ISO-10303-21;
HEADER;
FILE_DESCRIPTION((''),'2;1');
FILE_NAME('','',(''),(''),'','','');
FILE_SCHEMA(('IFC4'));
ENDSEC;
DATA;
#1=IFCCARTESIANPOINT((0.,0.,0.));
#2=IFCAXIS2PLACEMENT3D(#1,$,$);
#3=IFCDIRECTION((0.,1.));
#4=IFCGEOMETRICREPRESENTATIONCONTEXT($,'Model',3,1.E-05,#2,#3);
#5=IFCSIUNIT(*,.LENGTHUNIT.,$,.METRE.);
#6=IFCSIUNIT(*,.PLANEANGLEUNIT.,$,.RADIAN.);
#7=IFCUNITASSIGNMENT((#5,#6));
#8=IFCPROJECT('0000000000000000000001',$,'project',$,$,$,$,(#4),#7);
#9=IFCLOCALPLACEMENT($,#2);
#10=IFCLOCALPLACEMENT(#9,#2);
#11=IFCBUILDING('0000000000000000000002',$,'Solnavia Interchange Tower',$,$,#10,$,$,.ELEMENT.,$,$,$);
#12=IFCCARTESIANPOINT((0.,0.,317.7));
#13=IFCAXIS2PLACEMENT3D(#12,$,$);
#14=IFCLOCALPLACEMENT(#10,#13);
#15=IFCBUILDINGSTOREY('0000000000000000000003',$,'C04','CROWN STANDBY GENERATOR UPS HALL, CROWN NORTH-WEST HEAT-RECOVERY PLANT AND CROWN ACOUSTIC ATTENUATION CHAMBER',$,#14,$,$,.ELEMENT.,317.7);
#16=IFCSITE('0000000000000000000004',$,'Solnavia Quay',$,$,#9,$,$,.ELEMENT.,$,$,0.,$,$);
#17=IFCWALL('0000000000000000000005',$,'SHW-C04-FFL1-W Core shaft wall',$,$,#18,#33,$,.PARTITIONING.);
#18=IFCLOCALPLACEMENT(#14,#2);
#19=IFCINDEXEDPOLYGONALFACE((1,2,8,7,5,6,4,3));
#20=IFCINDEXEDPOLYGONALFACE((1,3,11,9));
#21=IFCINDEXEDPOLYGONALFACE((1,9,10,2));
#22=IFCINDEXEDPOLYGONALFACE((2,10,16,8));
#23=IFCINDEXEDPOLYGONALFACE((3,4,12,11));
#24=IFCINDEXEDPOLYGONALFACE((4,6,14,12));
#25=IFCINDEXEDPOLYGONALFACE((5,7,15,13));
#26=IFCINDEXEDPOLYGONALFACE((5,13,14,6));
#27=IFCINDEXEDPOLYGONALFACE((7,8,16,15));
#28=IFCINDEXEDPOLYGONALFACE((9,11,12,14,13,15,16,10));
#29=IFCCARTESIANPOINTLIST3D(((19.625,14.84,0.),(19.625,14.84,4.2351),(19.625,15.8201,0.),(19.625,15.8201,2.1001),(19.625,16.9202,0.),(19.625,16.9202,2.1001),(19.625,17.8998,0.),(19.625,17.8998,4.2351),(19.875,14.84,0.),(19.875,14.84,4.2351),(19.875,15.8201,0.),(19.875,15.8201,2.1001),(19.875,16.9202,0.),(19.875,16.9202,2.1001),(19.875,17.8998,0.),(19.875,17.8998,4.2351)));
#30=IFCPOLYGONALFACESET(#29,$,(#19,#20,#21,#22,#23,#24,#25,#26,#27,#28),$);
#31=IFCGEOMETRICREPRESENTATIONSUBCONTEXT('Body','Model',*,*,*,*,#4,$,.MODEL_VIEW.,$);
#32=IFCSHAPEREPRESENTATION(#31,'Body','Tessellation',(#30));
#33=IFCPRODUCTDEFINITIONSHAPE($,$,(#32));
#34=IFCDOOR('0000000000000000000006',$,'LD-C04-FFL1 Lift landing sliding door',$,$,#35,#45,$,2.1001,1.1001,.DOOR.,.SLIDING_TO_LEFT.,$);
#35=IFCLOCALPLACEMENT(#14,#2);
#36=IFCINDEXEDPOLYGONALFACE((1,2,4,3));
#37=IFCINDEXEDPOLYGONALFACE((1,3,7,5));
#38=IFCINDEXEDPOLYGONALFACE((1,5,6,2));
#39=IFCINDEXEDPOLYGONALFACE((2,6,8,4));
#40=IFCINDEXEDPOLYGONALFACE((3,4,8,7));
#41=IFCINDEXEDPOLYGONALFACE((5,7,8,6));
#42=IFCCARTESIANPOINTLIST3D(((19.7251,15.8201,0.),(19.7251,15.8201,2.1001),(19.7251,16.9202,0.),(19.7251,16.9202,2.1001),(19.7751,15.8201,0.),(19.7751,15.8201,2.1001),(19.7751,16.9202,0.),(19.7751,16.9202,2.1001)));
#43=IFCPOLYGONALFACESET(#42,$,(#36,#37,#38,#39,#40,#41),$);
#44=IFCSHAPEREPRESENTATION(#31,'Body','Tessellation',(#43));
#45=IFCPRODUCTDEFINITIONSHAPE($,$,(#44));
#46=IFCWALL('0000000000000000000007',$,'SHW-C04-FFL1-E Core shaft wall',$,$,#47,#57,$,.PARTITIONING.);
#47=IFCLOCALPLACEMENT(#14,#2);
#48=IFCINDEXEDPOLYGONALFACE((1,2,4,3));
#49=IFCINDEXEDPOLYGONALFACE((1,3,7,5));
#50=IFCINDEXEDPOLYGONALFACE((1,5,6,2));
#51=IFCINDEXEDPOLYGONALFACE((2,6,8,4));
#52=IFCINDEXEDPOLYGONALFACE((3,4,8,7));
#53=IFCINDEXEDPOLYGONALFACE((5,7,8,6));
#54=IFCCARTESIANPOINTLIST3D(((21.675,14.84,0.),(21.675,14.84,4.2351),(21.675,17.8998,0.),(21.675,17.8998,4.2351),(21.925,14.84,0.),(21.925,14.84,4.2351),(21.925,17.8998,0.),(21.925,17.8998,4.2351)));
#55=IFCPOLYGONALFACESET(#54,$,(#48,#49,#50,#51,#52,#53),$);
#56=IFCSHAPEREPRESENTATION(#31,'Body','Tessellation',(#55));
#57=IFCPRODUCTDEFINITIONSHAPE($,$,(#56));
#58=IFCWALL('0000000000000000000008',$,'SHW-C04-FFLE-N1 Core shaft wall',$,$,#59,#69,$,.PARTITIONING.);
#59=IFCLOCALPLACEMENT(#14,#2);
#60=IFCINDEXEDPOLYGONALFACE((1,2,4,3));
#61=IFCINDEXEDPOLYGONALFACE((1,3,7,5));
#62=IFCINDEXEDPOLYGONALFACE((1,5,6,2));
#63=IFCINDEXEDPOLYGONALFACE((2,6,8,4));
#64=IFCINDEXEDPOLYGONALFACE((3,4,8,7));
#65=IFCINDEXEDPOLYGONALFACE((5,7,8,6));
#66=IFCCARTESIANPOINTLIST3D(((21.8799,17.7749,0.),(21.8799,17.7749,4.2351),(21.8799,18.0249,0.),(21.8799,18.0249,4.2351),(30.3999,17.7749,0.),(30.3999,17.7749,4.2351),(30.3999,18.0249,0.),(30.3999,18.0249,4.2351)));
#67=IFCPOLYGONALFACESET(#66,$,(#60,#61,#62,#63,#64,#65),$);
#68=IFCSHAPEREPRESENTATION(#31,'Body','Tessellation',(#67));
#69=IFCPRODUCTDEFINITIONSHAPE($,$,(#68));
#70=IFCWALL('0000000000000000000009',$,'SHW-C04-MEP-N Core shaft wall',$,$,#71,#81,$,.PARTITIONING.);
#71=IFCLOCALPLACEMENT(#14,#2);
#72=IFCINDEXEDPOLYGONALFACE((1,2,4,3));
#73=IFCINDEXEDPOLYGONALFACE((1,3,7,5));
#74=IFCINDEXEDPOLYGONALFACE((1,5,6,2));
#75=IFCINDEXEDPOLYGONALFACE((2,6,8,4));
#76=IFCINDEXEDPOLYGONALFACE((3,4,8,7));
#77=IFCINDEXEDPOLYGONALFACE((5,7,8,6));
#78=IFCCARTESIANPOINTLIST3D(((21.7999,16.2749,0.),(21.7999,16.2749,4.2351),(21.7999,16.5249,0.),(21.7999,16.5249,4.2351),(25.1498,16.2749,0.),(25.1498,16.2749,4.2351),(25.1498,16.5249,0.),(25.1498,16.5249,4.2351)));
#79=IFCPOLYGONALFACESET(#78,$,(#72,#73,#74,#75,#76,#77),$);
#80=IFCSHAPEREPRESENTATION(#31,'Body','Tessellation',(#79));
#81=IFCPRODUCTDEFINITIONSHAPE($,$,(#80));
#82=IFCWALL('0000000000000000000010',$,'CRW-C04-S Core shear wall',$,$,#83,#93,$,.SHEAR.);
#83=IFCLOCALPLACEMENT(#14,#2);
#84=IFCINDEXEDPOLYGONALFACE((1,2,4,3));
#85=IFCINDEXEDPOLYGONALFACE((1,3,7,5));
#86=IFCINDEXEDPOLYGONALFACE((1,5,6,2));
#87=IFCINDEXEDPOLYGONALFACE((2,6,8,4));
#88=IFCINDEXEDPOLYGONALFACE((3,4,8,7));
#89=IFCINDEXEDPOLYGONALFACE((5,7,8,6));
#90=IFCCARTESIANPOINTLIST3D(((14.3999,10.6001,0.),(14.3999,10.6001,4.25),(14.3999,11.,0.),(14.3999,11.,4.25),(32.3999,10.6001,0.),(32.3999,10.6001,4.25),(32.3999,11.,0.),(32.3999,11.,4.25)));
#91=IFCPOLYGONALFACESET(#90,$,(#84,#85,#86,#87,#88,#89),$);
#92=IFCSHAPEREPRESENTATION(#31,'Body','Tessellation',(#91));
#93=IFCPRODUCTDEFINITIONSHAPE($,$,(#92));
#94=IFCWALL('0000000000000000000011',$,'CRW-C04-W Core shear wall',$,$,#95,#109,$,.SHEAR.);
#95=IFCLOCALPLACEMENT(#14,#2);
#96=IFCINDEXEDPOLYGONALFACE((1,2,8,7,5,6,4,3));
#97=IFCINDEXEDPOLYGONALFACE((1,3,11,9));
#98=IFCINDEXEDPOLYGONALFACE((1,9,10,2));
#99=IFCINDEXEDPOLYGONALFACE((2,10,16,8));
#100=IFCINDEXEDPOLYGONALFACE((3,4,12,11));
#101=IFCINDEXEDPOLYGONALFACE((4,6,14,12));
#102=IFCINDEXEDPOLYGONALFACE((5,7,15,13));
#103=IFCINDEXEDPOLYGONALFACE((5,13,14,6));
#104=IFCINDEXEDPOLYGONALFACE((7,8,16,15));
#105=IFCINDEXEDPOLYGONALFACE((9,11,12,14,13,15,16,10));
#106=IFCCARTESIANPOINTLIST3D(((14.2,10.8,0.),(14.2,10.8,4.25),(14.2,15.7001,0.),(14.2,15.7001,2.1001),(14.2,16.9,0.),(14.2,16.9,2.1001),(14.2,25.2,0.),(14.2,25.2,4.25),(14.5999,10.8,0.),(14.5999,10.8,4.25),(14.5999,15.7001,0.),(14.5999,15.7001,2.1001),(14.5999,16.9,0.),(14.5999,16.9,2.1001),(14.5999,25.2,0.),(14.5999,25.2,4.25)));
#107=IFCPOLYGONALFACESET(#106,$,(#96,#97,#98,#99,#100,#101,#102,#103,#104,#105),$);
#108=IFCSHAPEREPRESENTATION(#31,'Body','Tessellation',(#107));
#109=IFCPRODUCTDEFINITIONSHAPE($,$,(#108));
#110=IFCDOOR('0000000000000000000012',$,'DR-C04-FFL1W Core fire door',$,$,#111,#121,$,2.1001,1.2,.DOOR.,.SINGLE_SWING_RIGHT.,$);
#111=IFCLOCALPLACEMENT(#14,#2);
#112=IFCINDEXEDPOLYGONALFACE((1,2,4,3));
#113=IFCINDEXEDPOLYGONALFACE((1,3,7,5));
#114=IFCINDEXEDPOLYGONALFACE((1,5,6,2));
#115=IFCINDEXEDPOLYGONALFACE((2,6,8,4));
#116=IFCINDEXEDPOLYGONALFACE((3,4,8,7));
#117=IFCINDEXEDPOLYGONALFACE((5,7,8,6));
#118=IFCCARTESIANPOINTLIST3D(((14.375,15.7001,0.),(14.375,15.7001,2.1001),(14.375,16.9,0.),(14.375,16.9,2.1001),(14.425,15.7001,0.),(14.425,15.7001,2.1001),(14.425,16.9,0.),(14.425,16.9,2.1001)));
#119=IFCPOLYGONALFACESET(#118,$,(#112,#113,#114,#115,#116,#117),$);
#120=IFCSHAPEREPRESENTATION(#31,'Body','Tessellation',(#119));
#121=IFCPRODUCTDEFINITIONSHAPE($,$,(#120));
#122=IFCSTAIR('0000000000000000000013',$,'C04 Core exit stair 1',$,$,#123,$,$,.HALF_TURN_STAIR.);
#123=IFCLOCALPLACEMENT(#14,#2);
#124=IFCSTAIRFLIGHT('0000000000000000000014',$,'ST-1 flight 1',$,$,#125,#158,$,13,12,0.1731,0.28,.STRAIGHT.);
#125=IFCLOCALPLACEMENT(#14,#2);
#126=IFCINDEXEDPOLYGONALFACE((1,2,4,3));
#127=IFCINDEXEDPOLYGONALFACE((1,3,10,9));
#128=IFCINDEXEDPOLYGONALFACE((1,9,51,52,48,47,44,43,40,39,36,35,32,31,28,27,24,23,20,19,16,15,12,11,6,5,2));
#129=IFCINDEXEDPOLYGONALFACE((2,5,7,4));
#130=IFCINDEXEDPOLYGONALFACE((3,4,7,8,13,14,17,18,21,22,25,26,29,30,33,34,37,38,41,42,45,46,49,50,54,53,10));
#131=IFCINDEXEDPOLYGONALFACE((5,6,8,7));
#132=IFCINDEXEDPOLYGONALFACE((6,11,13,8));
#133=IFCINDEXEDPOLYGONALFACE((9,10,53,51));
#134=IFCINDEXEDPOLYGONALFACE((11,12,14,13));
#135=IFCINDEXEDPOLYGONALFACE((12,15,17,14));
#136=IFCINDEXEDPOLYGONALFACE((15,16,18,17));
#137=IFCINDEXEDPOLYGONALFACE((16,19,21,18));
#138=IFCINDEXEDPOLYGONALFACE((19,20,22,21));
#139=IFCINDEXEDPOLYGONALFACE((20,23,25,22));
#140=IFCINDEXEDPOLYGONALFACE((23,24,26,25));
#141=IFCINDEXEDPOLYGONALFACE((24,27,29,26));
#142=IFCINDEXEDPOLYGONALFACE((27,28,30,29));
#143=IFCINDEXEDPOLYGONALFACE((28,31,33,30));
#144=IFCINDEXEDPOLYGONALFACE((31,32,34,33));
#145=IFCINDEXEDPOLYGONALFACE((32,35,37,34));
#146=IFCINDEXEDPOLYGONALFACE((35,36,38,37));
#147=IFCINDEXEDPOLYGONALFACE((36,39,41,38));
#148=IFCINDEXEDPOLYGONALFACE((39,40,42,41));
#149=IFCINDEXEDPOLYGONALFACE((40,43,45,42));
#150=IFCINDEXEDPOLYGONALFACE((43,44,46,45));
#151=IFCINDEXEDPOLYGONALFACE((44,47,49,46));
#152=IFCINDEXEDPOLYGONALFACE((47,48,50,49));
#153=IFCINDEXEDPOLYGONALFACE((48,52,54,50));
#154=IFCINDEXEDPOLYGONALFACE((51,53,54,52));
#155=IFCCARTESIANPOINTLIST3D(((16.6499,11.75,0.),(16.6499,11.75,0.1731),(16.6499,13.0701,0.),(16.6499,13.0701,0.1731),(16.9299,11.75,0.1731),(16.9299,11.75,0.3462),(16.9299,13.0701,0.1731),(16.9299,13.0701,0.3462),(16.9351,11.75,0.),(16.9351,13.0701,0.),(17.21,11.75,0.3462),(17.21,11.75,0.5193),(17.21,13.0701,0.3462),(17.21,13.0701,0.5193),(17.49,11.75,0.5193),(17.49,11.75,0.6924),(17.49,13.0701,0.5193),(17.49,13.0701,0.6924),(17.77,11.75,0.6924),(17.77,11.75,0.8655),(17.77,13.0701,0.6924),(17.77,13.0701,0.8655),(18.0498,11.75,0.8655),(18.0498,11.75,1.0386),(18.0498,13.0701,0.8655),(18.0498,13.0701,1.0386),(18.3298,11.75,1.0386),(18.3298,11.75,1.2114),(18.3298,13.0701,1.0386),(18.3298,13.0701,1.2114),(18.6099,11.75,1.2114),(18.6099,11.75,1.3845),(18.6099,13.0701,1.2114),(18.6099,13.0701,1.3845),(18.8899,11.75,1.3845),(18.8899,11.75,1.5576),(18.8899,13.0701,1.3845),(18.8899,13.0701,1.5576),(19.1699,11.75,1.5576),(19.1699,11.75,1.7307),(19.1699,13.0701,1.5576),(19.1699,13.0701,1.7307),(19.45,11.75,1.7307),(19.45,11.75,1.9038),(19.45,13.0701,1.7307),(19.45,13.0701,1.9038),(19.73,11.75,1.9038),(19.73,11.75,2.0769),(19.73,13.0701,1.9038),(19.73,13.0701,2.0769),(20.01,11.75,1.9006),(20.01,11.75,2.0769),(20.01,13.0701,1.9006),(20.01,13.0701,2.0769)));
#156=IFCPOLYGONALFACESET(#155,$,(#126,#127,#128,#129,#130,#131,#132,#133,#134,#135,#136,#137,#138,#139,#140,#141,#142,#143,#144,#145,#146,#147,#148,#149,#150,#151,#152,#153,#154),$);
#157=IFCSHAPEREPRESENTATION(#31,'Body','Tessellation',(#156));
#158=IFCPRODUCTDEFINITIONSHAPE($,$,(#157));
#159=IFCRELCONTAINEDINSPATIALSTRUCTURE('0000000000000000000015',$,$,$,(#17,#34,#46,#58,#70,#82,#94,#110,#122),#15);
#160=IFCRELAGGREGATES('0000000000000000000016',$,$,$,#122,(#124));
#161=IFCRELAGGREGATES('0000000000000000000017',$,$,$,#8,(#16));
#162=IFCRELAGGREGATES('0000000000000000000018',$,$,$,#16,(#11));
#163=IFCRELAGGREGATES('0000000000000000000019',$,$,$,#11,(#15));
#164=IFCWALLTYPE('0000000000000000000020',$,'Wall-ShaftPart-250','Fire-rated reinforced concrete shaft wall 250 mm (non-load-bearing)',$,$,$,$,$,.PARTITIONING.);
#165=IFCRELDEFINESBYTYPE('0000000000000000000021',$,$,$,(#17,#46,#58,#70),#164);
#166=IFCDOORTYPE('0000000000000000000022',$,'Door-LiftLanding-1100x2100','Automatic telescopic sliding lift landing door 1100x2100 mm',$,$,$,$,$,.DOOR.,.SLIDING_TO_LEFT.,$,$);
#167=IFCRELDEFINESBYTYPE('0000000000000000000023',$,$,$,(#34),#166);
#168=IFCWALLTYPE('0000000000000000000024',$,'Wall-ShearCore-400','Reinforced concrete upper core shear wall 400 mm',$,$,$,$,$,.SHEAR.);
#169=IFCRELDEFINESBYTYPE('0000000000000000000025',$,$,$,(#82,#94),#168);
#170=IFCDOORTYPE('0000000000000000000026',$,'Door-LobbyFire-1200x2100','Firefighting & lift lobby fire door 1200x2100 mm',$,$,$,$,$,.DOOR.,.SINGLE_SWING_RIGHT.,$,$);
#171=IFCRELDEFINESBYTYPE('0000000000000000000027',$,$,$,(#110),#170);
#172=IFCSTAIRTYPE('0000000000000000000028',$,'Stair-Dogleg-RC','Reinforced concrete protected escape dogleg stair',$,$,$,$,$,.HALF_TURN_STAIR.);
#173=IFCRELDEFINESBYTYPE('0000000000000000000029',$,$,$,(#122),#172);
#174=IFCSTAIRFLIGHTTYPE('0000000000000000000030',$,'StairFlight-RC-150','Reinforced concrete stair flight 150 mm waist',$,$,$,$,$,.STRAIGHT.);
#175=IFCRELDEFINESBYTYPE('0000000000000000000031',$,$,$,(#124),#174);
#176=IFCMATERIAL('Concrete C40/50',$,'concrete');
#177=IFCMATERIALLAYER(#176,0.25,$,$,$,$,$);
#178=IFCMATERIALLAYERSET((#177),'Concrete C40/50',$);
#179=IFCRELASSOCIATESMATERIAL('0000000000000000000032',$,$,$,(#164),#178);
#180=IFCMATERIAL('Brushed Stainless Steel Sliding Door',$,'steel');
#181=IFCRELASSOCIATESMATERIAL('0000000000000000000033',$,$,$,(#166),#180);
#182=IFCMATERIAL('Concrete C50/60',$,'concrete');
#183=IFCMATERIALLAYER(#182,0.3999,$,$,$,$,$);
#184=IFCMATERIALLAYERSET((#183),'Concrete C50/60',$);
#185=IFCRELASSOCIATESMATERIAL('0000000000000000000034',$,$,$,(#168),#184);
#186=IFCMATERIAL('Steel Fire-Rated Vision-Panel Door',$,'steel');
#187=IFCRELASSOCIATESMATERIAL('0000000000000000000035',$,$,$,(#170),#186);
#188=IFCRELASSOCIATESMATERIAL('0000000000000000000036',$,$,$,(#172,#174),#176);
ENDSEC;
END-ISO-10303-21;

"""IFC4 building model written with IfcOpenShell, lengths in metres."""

from ifc_helpers import new_model, si_unit, direction, frame, frame_2d, origin, place, context, subcontext, project, spatial, polyline, rectangle, outline, extrude, material, layer, layer_set, type_object, element, fill, aggregate, save


model = new_model("IFC4")

# Units and contexts
model_context = context("Model", 3, precision=1e-05, world=origin(), true_north=direction((0.0, 1.0)))
body_context = subcontext(model_context, "Body", "Model", "MODEL_VIEW")
ifc_project = project(units=[si_unit("LENGTHUNIT", "METRE"), si_unit("PLANEANGLEUNIT", "RADIAN")], contexts=[model_context])

# Site, building, storey
site_placement = place(None, origin())
site = spatial("IfcSite", under=ifc_project, at=site_placement, Name="Solnavia Quay", CompositionType="ELEMENT", RefElevation=0.0)
building_placement = place(site_placement, origin())
building = spatial("IfcBuilding", under=site, at=building_placement, Name="Solnavia Interchange Tower", CompositionType="ELEMENT")
storey_placement = place(building_placement, frame((0.0, 0.0, 317.7)))
storey = spatial("IfcBuildingStorey", under=building, at=storey_placement, Name="C04", Description="CROWN STANDBY GENERATOR UPS HALL, CROWN NORTH-WEST HEAT-RECOVERY PLANT AND CROWN ACOUSTIC ATTENUATION CHAMBER", CompositionType="ELEMENT", Elevation=317.7)

# Shared definitions
ifc_material_1 = material(Name="Concrete C40/50", Category="concrete")

# Shared definitions
ifc_layer_1 = layer(ifc_material_1, 0.25)
ifc_layer_set_1 = layer_set([ifc_layer_1], Name="Concrete C40/50")
wall_type_1 = type_object("IfcWallType", Name="Wall-ShaftPart-250", Description="Fire-rated reinforced concrete shaft wall 250 mm (non-load-bearing)", PredefinedType="PARTITIONING", material=ifc_layer_set_1)

# Wall, opening, door
wall_1_placement = place(storey_placement, frame((19.75, 14.8401, 0.0), z_axis=(0.0, 0.0, 1.0), x_axis=(0.0, 1.0, 0.0)))
wall_1 = element("IfcWall", 1, at=wall_1_placement, inside=storey, type_object=wall_type_1, Name="SHW-C04-FFL1-W Core shaft wall", PredefinedType="PARTITIONING", context=body_context, shape_type="SweptSolid", body=[
    extrude(rectangle(XDim=3.0598, YDim=0.25, at=frame_2d((1.5298, 0.0))), origin(), (0.0, 0.0, 1.0), 4.2351),
])
opening_1_placement = place(wall_1_placement, frame((0.98, 0.0, 0.0)))
opening_1 = element("IfcOpeningElement", 2, at=opening_1_placement, cuts=wall_1, PredefinedType="OPENING", context=body_context, shape_type="SweptSolid", body=[
    extrude(rectangle(XDim=1.1001, YDim=2.1001, at=frame_2d((0.55, 1.05))), frame((0.0, 0.135, 0.0), z_axis=(0.0, -1.0, 0.0), x_axis=(1.0, 0.0, 0.0)), (0.0, 0.0, 1.0), 0.27),
])
ifc_material_2 = material(Name="Brushed Stainless Steel Sliding Door", Category="steel")
door_type_1 = type_object("IfcDoorType", Name="Door-LiftLanding-1100x2100", Description="Automatic telescopic sliding lift landing door 1100x2100 mm", OperationType="SLIDING_TO_LEFT", PredefinedType="DOOR", material=ifc_material_2)
door_1_placement = place(opening_1_placement, origin())
door_1 = element("IfcDoor", 3, at=door_1_placement, inside=storey, type_object=door_type_1, Name="LD-C04-FFL1 Lift landing sliding door", OperationType="SLIDING_TO_LEFT", OverallHeight=2.1001, OverallWidth=1.1001, PredefinedType="DOOR", context=body_context, shape_type="SweptSolid", body=[
    extrude(rectangle(XDim=1.1001, YDim=2.1001, at=frame_2d((0.55, 1.05))), frame((0.0, 0.0249, 0.0), z_axis=(0.0, -1.0, 0.0), x_axis=(1.0, 0.0, 0.0)), (0.0, 0.0, 1.0), 0.05),
])
fill(opening_1, door_1)

# Walls
wall_2_placement = place(storey_placement, frame((21.8, 14.8401, 0.0), z_axis=(0.0, 0.0, 1.0), x_axis=(0.0, 1.0, 0.0)))
element("IfcWall", 4, at=wall_2_placement, inside=storey, type_object=wall_type_1, Name="SHW-C04-FFL1-E Core shaft wall", PredefinedType="PARTITIONING", context=body_context, shape_type="SweptSolid", body=[
    extrude(rectangle(XDim=3.0598, YDim=0.25, at=frame_2d((1.5298, 0.0))), origin(), (0.0, 0.0, 1.0), 4.2351),
])
wall_3_placement = place(storey_placement, frame((21.8799, 17.8999, 0.0), z_axis=(0.0, 0.0, 1.0), x_axis=(1.0, 0.0, 0.0)))
element("IfcWall", 5, at=wall_3_placement, inside=storey, type_object=wall_type_1, Name="SHW-C04-FFLE-N1 Core shaft wall", PredefinedType="PARTITIONING", context=body_context, shape_type="SweptSolid", body=[
    extrude(rectangle(XDim=8.52, YDim=0.25, at=frame_2d((4.26, 0.0))), origin(), (0.0, 0.0, 1.0), 4.2351),
])
wall_4_placement = place(storey_placement, frame((21.8, 16.3999, 0.0), z_axis=(0.0, 0.0, 1.0), x_axis=(1.0, 0.0, 0.0)))
element("IfcWall", 6, at=wall_4_placement, inside=storey, type_object=wall_type_1, Name="SHW-C04-MEP-N Core shaft wall", PredefinedType="PARTITIONING", context=body_context, shape_type="SweptSolid", body=[
    extrude(rectangle(XDim=3.3499, YDim=0.25, at=frame_2d((1.6748, 0.0))), origin(), (0.0, 0.0, 1.0), 4.2351),
])
ifc_material_3 = material(Name="Concrete C50/60", Category="concrete")
ifc_layer_2 = layer(ifc_material_3, 0.3999)
ifc_layer_set_2 = layer_set([ifc_layer_2], Name="Concrete C50/60")
wall_type_2 = type_object("IfcWallType", Name="Wall-ShearCore-400", Description="Reinforced concrete upper core shear wall 400 mm", PredefinedType="SHEAR", material=ifc_layer_set_2)
wall_5_placement = place(storey_placement, frame((14.3999, 10.8, 0.0), z_axis=(0.0, 0.0, 1.0), x_axis=(1.0, 0.0, 0.0)))
element("IfcWall", 7, at=wall_5_placement, inside=storey, type_object=wall_type_2, Name="CRW-C04-S Core shear wall", PredefinedType="SHEAR", context=body_context, shape_type="SweptSolid", body=[
    extrude(rectangle(XDim=18.0, YDim=0.3999, at=frame_2d((9.0, 0.0))), origin(), (0.0, 0.0, 1.0), 4.25),
])

# Wall, opening, door
wall_6_placement = place(storey_placement, frame((14.3999, 10.8, 0.0), z_axis=(0.0, 0.0, 1.0), x_axis=(0.0, 1.0, 0.0)))
wall_6 = element("IfcWall", 8, at=wall_6_placement, inside=storey, type_object=wall_type_2, Name="CRW-C04-W Core shear wall", PredefinedType="SHEAR", context=body_context, shape_type="SweptSolid", body=[
    extrude(rectangle(XDim=14.3999, YDim=0.3999, at=frame_2d((7.2, 0.0))), origin(), (0.0, 0.0, 1.0), 4.25),
])
opening_2_placement = place(wall_6_placement, frame((4.8999, 0.0, 0.0)))
opening_2 = element("IfcOpeningElement", 9, at=opening_2_placement, cuts=wall_6, PredefinedType="OPENING", context=body_context, shape_type="SweptSolid", body=[
    extrude(rectangle(XDim=1.2, YDim=2.1001, at=frame_2d((0.6001, 1.05))), frame((0.0, 0.21, 0.0), z_axis=(0.0, -1.0, 0.0), x_axis=(1.0, 0.0, 0.0)), (0.0, 0.0, 1.0), 0.4199),
])
ifc_material_4 = material(Name="Steel Fire-Rated Vision-Panel Door", Category="steel")
door_type_2 = type_object("IfcDoorType", Name="Door-LobbyFire-1200x2100", Description="Firefighting & lift lobby fire door 1200x2100 mm", OperationType="SINGLE_SWING_RIGHT", PredefinedType="DOOR", material=ifc_material_4)
door_2_placement = place(opening_2_placement, origin())
door_2 = element("IfcDoor", 10, at=door_2_placement, inside=storey, type_object=door_type_2, Name="DR-C04-FFL1W Core fire door", OperationType="SINGLE_SWING_RIGHT", OverallHeight=2.1001, OverallWidth=1.2, PredefinedType="DOOR", context=body_context, shape_type="SweptSolid", body=[
    extrude(rectangle(XDim=1.2, YDim=2.1001, at=frame_2d((0.6001, 1.05))), frame((0.0, 0.0249, 0.0), z_axis=(0.0, -1.0, 0.0), x_axis=(1.0, 0.0, 0.0)), (0.0, 0.0, 1.0), 0.05),
])
fill(opening_2, door_2)

# Stair, stair flight
stair_type = type_object("IfcStairType", Name="Stair-Dogleg-RC", Description="Reinforced concrete protected escape dogleg stair", PredefinedType="HALF_TURN_STAIR", material=ifc_material_1)
stair_placement = place(storey_placement, origin())
stair = element("IfcStair", 11, at=stair_placement, inside=storey, type_object=stair_type, Name="C04 Core exit stair 1", PredefinedType="HALF_TURN_STAIR")
stair_flight_type = type_object("IfcStairFlightType", Name="StairFlight-RC-150", Description="Reinforced concrete stair flight 150 mm waist", PredefinedType="STRAIGHT", material=ifc_material_1)
stair_flight_1_placement = place(storey_placement, frame((16.6499, 12.4099, 0.0), z_axis=(0.0, 0.0, 1.0), x_axis=(1.0, 0.0, 0.0)))
stair_flight_1 = element("IfcStairFlight", 12, at=stair_flight_1_placement, type_object=stair_flight_type, Name="ST-1 flight 1", NumberOfRisers=13, NumberOfTreads=12, PredefinedType="STRAIGHT", RiserHeight=0.1731, TreadLength=0.28, context=body_context, shape_type="SweptSolid", body=[
    extrude(outline(polyline([(0.0, 0.0), (0.0, 0.1731), (0.28, 0.1731), (0.28, 0.3462), (0.5601, 0.3462), (0.5601, 0.5193), (0.8401, 0.5193), (0.8401, 0.6924), (1.1201, 0.6924), (1.1201, 0.8655), (1.3999, 0.8655), (1.3999, 1.0386), (1.6799, 1.0386), (1.6799, 1.2114), (1.96, 1.2114), (1.96, 1.3845), (2.24, 1.3845), (2.24, 1.5576), (2.52, 1.5576), (2.52, 1.7307), (2.8, 1.7307), (2.8, 1.9038), (3.0801, 1.9038), (3.0801, 2.0769), (3.3601, 2.0769), (3.3601, 2.25), (3.3601, 1.9006), (0.2852, 0.0), (0.0, 0.0)])), frame((0.0, 0.6602, 0.0), z_axis=(0.0, -1.0, 0.0), x_axis=(1.0, 0.0, 0.0)), (0.0, 0.0, 1.0), 1.3201),
])
aggregate(stair, [stair_flight_1])

save(model, "model.ifc")
